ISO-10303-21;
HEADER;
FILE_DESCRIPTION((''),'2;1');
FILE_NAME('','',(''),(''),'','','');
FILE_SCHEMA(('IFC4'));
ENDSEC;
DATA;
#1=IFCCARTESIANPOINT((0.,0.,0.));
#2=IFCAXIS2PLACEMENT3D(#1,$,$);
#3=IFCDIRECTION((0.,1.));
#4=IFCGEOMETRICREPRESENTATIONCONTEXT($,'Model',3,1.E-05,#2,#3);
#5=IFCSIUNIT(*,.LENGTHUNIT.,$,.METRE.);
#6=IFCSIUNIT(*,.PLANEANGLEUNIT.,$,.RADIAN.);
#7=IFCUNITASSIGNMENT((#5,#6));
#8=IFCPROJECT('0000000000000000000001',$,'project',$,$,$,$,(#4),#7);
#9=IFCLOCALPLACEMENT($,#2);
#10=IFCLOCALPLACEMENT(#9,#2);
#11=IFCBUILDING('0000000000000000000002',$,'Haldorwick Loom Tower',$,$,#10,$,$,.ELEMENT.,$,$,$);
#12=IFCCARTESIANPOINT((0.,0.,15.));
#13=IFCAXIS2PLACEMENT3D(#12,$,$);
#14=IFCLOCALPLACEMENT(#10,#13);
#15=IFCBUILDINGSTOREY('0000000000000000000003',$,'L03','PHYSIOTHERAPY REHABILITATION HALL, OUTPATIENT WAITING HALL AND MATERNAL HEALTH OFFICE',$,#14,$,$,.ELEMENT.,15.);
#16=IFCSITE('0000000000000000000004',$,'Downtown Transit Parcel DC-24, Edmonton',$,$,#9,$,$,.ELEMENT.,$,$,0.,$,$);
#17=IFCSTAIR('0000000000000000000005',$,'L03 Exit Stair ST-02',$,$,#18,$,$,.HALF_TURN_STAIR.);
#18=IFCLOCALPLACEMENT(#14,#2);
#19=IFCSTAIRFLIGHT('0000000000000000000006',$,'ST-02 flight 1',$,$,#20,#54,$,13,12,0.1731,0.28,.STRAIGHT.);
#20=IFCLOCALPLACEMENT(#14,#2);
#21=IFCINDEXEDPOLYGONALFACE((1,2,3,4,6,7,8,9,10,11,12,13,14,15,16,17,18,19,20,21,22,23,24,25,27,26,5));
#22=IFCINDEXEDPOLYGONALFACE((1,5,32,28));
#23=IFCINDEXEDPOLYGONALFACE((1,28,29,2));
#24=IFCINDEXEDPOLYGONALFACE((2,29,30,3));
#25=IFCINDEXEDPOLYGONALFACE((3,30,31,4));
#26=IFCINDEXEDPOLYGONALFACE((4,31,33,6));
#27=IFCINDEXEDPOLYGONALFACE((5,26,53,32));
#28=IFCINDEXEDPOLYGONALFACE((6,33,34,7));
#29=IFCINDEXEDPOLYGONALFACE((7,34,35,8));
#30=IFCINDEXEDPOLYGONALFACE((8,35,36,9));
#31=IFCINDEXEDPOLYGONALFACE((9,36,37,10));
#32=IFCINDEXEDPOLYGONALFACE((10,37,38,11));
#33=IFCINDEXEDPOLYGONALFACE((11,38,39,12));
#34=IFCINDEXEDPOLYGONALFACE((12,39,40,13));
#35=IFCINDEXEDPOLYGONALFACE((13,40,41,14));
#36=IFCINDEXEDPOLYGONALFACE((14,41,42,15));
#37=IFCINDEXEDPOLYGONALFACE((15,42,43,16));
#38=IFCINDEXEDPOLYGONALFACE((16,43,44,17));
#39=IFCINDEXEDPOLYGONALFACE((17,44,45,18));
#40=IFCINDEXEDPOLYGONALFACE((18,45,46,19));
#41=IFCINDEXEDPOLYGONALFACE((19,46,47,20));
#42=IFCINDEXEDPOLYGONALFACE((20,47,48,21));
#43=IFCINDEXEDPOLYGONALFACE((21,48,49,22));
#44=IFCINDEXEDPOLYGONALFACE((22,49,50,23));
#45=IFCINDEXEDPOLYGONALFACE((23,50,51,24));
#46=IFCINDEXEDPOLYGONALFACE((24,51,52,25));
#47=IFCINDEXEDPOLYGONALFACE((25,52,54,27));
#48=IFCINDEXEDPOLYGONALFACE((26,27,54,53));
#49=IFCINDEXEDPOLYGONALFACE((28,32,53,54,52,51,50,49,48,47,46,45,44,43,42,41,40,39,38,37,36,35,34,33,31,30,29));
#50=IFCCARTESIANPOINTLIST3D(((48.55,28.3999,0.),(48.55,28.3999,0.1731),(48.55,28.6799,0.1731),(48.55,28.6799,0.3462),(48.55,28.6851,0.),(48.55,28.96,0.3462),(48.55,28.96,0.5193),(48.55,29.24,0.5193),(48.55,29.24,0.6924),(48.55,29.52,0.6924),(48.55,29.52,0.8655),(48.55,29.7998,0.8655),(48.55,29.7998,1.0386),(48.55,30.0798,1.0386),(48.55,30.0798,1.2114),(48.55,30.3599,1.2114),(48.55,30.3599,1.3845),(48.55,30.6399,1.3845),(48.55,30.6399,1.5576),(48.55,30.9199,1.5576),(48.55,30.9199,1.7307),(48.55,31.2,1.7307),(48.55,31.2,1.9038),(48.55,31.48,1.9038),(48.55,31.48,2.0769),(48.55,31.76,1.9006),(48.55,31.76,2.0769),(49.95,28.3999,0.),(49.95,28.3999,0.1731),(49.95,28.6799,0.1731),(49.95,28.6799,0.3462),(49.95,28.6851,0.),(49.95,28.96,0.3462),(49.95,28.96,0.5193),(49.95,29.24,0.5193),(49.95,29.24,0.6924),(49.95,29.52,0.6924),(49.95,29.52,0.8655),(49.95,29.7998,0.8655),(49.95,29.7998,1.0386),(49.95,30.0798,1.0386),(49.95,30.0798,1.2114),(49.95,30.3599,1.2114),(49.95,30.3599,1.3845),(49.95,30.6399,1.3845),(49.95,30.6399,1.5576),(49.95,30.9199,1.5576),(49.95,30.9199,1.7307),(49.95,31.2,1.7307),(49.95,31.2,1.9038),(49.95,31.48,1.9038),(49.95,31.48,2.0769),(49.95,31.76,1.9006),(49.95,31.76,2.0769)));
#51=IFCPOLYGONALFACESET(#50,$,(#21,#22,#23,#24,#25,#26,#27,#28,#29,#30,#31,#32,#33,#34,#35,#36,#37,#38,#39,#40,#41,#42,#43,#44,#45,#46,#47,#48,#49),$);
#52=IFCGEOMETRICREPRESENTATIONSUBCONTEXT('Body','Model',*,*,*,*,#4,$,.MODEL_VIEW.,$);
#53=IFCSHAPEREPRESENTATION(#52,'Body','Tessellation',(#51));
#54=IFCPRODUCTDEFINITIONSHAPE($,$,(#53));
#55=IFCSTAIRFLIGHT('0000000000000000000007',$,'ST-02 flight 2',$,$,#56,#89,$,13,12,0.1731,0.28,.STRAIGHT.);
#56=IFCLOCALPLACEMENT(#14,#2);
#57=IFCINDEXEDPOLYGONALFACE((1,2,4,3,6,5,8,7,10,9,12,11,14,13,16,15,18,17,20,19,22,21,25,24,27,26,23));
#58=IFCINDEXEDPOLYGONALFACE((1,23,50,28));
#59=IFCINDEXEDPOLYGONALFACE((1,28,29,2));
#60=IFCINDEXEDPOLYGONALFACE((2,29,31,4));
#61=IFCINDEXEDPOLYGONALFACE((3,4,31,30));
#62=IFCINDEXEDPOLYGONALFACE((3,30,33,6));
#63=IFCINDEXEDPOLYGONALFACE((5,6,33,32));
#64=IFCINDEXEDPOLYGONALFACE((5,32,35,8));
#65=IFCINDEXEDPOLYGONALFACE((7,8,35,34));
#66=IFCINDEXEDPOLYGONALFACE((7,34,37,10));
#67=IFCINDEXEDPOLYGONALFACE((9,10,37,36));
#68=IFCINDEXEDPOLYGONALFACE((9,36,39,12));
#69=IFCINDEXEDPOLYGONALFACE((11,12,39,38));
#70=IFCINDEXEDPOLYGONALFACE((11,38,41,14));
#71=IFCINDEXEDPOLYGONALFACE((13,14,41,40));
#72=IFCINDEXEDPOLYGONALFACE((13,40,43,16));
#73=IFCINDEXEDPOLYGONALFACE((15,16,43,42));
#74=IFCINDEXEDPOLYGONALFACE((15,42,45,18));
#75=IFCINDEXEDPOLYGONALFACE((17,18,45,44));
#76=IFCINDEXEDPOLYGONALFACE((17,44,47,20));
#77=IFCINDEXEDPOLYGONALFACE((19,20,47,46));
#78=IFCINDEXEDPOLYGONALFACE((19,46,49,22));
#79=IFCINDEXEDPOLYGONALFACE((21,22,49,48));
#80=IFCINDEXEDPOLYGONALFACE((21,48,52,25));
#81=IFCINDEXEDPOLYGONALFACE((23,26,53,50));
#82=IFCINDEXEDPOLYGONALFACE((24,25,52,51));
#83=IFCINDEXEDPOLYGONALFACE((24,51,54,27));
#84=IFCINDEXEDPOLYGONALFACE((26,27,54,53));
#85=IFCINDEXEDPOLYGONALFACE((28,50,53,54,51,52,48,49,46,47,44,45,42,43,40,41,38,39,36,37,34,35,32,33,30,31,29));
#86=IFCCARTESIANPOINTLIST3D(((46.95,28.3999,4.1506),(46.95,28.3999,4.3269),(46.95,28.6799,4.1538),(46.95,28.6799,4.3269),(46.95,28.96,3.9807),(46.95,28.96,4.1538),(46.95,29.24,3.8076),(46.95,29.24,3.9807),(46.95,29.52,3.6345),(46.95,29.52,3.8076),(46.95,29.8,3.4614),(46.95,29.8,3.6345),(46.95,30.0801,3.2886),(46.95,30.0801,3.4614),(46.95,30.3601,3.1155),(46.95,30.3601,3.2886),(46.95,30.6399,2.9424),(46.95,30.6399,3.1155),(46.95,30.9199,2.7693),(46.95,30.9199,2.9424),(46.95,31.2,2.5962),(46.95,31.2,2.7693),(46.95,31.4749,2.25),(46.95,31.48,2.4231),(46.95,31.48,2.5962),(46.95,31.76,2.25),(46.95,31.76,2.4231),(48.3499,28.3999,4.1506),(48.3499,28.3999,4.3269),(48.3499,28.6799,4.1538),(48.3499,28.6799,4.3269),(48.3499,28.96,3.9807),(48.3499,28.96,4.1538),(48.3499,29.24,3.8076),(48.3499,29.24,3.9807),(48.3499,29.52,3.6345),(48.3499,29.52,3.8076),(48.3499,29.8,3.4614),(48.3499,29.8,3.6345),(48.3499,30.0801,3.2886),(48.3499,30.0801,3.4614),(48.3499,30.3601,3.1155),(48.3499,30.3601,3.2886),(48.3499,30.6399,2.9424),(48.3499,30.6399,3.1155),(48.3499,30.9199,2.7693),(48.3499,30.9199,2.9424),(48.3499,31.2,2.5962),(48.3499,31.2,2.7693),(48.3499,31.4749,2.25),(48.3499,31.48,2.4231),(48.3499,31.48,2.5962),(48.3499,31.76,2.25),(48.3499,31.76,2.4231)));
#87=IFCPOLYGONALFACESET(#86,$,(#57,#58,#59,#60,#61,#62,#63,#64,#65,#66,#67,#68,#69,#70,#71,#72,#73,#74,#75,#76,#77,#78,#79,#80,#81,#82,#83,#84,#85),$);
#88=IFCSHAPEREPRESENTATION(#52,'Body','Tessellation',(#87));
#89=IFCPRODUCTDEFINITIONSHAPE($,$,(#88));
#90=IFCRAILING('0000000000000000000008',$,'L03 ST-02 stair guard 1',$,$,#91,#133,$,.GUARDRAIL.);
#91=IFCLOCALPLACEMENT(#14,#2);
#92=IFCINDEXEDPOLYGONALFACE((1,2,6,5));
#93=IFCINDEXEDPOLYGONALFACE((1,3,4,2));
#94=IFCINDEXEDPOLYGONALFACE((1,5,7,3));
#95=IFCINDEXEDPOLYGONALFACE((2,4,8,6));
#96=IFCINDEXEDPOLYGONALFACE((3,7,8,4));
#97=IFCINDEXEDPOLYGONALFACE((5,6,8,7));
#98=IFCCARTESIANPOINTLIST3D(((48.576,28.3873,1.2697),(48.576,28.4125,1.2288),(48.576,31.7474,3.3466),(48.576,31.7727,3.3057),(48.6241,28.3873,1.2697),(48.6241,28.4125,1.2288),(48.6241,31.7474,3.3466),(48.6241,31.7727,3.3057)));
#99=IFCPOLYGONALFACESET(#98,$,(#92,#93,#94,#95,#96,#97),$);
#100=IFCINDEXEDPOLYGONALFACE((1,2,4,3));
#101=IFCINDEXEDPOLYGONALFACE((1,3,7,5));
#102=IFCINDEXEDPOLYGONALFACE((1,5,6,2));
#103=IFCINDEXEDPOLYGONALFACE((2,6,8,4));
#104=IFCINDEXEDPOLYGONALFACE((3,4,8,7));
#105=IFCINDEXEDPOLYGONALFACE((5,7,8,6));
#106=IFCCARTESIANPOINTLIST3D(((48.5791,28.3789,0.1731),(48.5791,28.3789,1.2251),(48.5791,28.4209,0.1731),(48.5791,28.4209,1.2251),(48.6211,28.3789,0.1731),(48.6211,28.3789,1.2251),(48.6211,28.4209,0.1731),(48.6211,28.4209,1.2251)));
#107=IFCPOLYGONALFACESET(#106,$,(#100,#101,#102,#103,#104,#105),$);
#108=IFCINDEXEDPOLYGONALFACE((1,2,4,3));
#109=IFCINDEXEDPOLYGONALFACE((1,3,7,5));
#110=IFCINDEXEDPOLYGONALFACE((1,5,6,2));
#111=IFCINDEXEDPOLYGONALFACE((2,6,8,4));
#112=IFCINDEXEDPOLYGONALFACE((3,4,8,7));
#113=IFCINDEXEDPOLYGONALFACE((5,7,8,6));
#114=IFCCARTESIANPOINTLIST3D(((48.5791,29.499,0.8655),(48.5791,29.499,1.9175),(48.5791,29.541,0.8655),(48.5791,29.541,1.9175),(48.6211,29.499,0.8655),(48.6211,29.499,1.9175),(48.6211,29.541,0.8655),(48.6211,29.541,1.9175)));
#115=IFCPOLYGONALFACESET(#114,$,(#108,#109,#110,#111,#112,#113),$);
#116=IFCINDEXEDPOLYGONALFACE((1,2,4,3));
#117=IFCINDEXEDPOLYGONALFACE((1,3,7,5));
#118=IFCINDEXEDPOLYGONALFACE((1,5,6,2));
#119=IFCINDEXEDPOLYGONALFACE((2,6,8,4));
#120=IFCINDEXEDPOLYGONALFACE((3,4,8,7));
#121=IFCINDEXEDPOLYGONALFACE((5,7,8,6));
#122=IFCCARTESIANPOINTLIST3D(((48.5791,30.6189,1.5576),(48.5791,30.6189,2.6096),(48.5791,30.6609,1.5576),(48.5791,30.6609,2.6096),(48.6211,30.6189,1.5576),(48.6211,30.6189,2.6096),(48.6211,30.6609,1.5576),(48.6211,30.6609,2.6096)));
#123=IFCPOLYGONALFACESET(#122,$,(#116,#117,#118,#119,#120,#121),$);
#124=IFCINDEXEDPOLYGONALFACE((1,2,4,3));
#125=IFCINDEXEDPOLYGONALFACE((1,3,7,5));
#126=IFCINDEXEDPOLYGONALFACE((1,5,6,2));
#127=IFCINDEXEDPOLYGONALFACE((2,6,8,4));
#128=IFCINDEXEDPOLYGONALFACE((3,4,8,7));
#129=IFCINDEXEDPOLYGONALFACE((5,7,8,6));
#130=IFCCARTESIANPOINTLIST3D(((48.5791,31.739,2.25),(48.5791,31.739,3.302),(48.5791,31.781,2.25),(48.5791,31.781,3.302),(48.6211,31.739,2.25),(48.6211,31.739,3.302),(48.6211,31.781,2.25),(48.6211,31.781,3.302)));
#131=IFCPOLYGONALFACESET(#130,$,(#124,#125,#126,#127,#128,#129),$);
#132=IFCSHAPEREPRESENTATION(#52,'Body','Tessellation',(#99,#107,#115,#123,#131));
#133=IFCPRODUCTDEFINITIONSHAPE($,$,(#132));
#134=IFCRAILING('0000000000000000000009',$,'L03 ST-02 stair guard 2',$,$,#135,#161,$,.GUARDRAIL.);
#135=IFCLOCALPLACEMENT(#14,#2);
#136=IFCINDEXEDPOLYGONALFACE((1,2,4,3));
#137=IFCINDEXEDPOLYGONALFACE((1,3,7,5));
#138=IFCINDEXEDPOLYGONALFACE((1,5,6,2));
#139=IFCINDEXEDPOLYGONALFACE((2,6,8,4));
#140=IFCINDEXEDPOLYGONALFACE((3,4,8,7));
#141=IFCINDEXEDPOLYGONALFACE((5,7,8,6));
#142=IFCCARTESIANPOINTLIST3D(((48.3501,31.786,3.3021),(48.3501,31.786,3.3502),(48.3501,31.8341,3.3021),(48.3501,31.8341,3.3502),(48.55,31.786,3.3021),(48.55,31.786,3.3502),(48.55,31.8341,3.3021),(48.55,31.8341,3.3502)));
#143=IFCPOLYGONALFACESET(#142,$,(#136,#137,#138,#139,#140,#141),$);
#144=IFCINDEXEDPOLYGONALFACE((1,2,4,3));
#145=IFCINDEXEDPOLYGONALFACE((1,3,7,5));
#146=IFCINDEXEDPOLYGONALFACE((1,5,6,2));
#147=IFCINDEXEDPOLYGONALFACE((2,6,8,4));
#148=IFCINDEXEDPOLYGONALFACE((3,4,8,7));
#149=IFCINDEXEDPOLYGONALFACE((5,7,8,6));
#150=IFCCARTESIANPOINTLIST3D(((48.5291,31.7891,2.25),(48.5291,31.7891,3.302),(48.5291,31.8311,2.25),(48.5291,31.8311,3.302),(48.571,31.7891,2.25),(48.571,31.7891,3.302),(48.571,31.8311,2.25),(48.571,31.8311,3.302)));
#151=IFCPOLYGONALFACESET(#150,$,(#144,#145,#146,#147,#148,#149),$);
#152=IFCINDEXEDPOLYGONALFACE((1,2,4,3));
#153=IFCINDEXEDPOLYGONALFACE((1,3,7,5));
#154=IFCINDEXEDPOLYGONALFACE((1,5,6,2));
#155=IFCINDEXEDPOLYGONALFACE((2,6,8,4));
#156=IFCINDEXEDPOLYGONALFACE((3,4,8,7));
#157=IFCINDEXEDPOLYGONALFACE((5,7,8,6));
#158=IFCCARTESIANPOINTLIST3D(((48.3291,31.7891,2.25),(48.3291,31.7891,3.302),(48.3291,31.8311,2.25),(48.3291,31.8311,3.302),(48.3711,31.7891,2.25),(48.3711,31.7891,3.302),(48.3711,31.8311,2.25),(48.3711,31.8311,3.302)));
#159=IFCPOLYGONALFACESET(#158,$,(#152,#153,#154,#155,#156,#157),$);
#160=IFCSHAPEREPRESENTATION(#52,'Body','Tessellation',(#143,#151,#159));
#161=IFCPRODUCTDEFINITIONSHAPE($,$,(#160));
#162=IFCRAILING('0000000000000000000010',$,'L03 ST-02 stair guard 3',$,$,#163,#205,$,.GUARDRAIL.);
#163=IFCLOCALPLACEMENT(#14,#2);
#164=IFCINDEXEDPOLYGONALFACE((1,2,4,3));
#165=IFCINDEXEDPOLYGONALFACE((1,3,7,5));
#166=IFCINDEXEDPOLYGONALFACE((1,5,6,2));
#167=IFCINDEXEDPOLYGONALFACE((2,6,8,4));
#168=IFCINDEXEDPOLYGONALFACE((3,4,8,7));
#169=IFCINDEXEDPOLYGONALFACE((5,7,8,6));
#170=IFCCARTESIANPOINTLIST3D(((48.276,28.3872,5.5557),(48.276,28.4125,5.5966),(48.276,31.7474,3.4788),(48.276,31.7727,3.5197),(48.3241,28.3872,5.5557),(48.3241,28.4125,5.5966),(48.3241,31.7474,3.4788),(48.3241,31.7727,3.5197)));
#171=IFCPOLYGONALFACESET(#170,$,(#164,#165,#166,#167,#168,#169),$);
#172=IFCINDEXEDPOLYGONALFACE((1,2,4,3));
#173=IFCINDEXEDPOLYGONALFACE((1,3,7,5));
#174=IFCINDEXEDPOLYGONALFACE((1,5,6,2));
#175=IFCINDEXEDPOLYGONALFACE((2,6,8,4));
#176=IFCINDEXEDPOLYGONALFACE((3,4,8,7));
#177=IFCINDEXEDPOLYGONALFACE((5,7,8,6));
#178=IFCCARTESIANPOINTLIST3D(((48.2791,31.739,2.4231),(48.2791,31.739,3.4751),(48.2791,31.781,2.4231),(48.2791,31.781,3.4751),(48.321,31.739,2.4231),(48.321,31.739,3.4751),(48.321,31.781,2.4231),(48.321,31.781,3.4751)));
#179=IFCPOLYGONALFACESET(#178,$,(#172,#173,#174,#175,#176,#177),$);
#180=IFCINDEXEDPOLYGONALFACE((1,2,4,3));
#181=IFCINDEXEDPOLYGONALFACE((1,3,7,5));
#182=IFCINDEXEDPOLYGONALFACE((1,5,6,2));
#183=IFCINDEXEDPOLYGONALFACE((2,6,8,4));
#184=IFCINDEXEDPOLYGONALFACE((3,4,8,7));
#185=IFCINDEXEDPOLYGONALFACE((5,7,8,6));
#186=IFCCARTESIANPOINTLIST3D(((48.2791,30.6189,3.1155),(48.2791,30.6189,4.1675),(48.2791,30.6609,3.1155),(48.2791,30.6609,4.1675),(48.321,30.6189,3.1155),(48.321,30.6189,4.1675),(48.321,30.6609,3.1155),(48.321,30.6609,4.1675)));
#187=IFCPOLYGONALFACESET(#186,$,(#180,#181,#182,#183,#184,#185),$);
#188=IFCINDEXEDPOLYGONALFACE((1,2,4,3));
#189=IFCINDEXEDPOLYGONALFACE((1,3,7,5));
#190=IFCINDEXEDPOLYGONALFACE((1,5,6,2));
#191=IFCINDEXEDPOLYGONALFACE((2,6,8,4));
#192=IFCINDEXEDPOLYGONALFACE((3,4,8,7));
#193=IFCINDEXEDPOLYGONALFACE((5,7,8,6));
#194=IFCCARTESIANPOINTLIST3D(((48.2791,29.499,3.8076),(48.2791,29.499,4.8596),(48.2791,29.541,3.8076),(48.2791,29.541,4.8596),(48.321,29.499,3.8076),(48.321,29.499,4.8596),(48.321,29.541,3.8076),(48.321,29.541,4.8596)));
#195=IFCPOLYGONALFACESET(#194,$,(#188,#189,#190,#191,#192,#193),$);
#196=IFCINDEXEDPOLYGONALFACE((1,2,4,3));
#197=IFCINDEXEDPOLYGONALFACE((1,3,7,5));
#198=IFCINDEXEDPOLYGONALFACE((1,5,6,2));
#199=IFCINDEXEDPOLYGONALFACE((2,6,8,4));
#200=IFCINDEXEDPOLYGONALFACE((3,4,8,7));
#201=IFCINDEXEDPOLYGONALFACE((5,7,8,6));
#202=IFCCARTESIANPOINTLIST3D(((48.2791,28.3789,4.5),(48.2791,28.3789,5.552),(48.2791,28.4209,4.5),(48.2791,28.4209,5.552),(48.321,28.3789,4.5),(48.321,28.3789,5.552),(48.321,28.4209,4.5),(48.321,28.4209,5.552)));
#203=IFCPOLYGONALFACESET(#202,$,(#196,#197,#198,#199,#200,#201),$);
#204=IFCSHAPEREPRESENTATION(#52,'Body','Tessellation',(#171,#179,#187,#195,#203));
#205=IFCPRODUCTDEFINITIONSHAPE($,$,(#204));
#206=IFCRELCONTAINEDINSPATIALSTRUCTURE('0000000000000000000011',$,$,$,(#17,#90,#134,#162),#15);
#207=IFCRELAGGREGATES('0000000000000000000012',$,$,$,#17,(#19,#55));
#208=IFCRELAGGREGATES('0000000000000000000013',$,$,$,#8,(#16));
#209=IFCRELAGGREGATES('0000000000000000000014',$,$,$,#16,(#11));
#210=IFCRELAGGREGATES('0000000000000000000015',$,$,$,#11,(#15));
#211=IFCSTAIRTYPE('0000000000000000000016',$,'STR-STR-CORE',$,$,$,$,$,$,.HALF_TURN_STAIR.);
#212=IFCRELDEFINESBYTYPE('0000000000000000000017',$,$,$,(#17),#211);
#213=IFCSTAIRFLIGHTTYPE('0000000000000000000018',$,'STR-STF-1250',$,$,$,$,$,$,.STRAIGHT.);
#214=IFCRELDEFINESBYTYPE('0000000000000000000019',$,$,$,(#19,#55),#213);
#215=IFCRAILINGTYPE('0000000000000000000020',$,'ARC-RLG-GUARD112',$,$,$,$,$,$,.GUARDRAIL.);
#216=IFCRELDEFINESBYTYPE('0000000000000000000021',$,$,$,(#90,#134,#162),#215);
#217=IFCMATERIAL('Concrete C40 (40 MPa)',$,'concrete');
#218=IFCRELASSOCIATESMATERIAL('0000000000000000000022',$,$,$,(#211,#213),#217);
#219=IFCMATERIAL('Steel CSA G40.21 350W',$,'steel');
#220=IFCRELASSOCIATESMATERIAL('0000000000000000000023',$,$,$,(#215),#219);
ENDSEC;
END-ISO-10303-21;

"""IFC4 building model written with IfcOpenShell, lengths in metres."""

from ifc_helpers import new_model, si_unit, direction, frame, origin, origin_2d, place, context, subcontext, project, spatial, polyline, rectangle, outline, extrude, material, type_object, element, aggregate, save


model = new_model("IFC4")

# Units and contexts
model_context = context("Model", 3, precision=1e-05, world=origin(), true_north=direction((0.0, 1.0)))
body_context = subcontext(model_context, "Body", "Model", "MODEL_VIEW")
ifc_project = project(units=[si_unit("LENGTHUNIT", "METRE"), si_unit("PLANEANGLEUNIT", "RADIAN")], contexts=[model_context])

# Site, building, storey
site_placement = place(None, origin())
site = spatial("IfcSite", under=ifc_project, at=site_placement, Name="Downtown Transit Parcel DC-24, Edmonton", CompositionType="ELEMENT", RefElevation=0.0)
building_placement = place(site_placement, origin())
building = spatial("IfcBuilding", under=site, at=building_placement, Name="Haldorwick Loom Tower", CompositionType="ELEMENT")
storey_placement = place(building_placement, frame((0.0, 0.0, 15.0)))
storey = spatial("IfcBuildingStorey", under=building, at=storey_placement, Name="L03", Description="PHYSIOTHERAPY REHABILITATION HALL, OUTPATIENT WAITING HALL AND MATERNAL HEALTH OFFICE", CompositionType="ELEMENT", Elevation=15.0)

# Shared definitions
ifc_material_1 = material(Name="Steel CSA G40.21 350W", Category="steel")

# Stair, stair flights
ifc_material_2 = material(Name="Concrete C40 (40 MPa)", Category="concrete")
stair_type = type_object("IfcStairType", Name="STR-STR-CORE", PredefinedType="HALF_TURN_STAIR", material=ifc_material_2)
stair_placement = place(storey_placement, origin())
stair = element("IfcStair", 1, at=stair_placement, inside=storey, type_object=stair_type, Name="L03 Exit Stair ST-02", PredefinedType="HALF_TURN_STAIR")
stair_flight_type = type_object("IfcStairFlightType", Name="STR-STF-1250", PredefinedType="STRAIGHT", material=ifc_material_2)
stair_flight_1_placement = place(storey_placement, frame((49.25, 28.3999, 0.0), z_axis=(0.0, 0.0, 1.0), x_axis=(0.0, 1.0, 0.0)))
stair_flight_1 = element("IfcStairFlight", 2, at=stair_flight_1_placement, type_object=stair_flight_type, Name="ST-02 flight 1", NumberOfRisers=13, NumberOfTreads=12, PredefinedType="STRAIGHT", RiserHeight=0.1731, TreadLength=0.28, context=body_context, shape_type="SweptSolid", body=[
    extrude(outline(polyline([(0.0, 0.0), (0.0, 0.1731), (0.28, 0.1731), (0.28, 0.3462), (0.5601, 0.3462), (0.5601, 0.5193), (0.8401, 0.5193), (0.8401, 0.6924), (1.1201, 0.6924), (1.1201, 0.8655), (1.3999, 0.8655), (1.3999, 1.0386), (1.6799, 1.0386), (1.6799, 1.2114), (1.96, 1.2114), (1.96, 1.3845), (2.24, 1.3845), (2.24, 1.5576), (2.52, 1.5576), (2.52, 1.7307), (2.8, 1.7307), (2.8, 1.9038), (3.0801, 1.9038), (3.0801, 2.0769), (3.3601, 2.0769), (3.3601, 2.25), (3.3601, 1.9006), (0.2852, 0.0), (0.0, 0.0)])), frame((0.0, 0.7, 0.0), z_axis=(0.0, -1.0, 0.0), x_axis=(1.0, 0.0, 0.0)), (0.0, 0.0, 1.0), 1.3999),
])
stair_flight_2_placement = place(storey_placement, frame((47.6499, 31.76, 2.25), z_axis=(0.0, 0.0, 1.0), x_axis=(0.0, -1.0, 0.0)))
stair_flight_2 = element("IfcStairFlight", 3, at=stair_flight_2_placement, type_object=stair_flight_type, Name="ST-02 flight 2", NumberOfRisers=13, NumberOfTreads=12, PredefinedType="STRAIGHT", RiserHeight=0.1731, TreadLength=0.28, context=body_context, shape_type="SweptSolid", body=[
    extrude(outline(polyline([(0.0, 0.0), (0.0, 0.1731), (0.28, 0.1731), (0.28, 0.3462), (0.5601, 0.3462), (0.5601, 0.5193), (0.8401, 0.5193), (0.8401, 0.6924), (1.1201, 0.6924), (1.1201, 0.8655), (1.3999, 0.8655), (1.3999, 1.0386), (1.6799, 1.0386), (1.6799, 1.2114), (1.96, 1.2114), (1.96, 1.3845), (2.24, 1.3845), (2.24, 1.5576), (2.52, 1.5576), (2.52, 1.7307), (2.8, 1.7307), (2.8, 1.9038), (3.0801, 1.9038), (3.0801, 2.0769), (3.3601, 2.0769), (3.3601, 2.25), (3.3601, 1.9006), (0.2852, 0.0), (0.0, 0.0)])), frame((0.0, 0.7, 0.0), z_axis=(0.0, -1.0, 0.0), x_axis=(1.0, 0.0, 0.0)), (0.0, 0.0, 1.0), 1.3999),
])
aggregate(stair, [stair_flight_1, stair_flight_2])

# Railings
railing_type_1 = type_object("IfcRailingType", Name="ARC-RLG-GUARD112", PredefinedType="GUARDRAIL", material=ifc_material_1)
railing_1_placement = place(storey_placement, frame((48.6001, 28.3999, 0.1731)))
element("IfcRailing", 4, at=railing_1_placement, inside=storey, type_object=railing_type_1, Name="L03 ST-02 stair guard 1", PredefinedType="GUARDRAIL", context=body_context, shape_type="SweptSolid", body=[
    extrude(rectangle(XDim=0.0481, YDim=0.0481, at=origin_2d()), frame((0.0, 0.0, 1.0762), z_axis=(0.0, 0.850623, 0.525776), x_axis=(-1.0, 0.0, 0.0)), (0.0, 0.0, 1.0), 3.9502),
    extrude(rectangle(XDim=0.042, YDim=0.042, at=origin_2d()), origin(), (0.0, 0.0, 1.0), 1.052),
    extrude(rectangle(XDim=0.042, YDim=0.042, at=origin_2d()), frame((0.0, 1.1201, 0.6924)), (0.0, 0.0, 1.0), 1.052),
    extrude(rectangle(XDim=0.042, YDim=0.042, at=origin_2d()), frame((0.0, 2.24, 1.3845)), (0.0, 0.0, 1.0), 1.052),
    extrude(rectangle(XDim=0.042, YDim=0.042, at=origin_2d()), frame((0.0, 3.3601, 2.0769)), (0.0, 0.0, 1.0), 1.052),
])
railing_2_placement = place(storey_placement, frame((48.55, 31.8101, 2.25)))
element("IfcRailing", 5, at=railing_2_placement, inside=storey, type_object=railing_type_1, Name="L03 ST-02 stair guard 2", PredefinedType="GUARDRAIL", context=body_context, shape_type="SweptSolid", body=[
    extrude(rectangle(XDim=0.0481, YDim=0.0481, at=origin_2d()), frame((0.0, 0.0, 1.0762), z_axis=(-1.0, 0.0, 0.0), x_axis=(0.0, -1.0, 0.0)), (0.0, 0.0, 1.0), 0.2),
    extrude(rectangle(XDim=0.042, YDim=0.042, at=origin_2d()), origin(), (0.0, 0.0, 1.0), 1.052),
    extrude(rectangle(XDim=0.042, YDim=0.042, at=origin_2d()), frame((-0.2, 0.0, 0.0)), (0.0, 0.0, 1.0), 1.052),
])
railing_3_placement = place(storey_placement, frame((48.3, 31.76, 2.4231)))
element("IfcRailing", 6, at=railing_3_placement, inside=storey, type_object=railing_type_1, Name="L03 ST-02 stair guard 3", PredefinedType="GUARDRAIL", context=body_context, shape_type="SweptSolid", body=[
    extrude(rectangle(XDim=0.0481, YDim=0.0481, at=origin_2d()), frame((0.0, 0.0, 1.0762), z_axis=(0.0, -0.850623, 0.525776), x_axis=(1.0, 0.0, 0.0)), (0.0, 0.0, 1.0), 3.9502),
    extrude(rectangle(XDim=0.042, YDim=0.042, at=origin_2d()), origin(), (0.0, 0.0, 1.0), 1.052),
    extrude(rectangle(XDim=0.042, YDim=0.042, at=origin_2d()), frame((0.0, -1.1201, 0.6924)), (0.0, 0.0, 1.0), 1.052),
    extrude(rectangle(XDim=0.042, YDim=0.042, at=origin_2d()), frame((0.0, -2.24, 1.3845)), (0.0, 0.0, 1.0), 1.052),
    extrude(rectangle(XDim=0.042, YDim=0.042, at=origin_2d()), frame((0.0, -3.3601, 2.0769)), (0.0, 0.0, 1.0), 1.052),
])

save(model, "model.ifc")
